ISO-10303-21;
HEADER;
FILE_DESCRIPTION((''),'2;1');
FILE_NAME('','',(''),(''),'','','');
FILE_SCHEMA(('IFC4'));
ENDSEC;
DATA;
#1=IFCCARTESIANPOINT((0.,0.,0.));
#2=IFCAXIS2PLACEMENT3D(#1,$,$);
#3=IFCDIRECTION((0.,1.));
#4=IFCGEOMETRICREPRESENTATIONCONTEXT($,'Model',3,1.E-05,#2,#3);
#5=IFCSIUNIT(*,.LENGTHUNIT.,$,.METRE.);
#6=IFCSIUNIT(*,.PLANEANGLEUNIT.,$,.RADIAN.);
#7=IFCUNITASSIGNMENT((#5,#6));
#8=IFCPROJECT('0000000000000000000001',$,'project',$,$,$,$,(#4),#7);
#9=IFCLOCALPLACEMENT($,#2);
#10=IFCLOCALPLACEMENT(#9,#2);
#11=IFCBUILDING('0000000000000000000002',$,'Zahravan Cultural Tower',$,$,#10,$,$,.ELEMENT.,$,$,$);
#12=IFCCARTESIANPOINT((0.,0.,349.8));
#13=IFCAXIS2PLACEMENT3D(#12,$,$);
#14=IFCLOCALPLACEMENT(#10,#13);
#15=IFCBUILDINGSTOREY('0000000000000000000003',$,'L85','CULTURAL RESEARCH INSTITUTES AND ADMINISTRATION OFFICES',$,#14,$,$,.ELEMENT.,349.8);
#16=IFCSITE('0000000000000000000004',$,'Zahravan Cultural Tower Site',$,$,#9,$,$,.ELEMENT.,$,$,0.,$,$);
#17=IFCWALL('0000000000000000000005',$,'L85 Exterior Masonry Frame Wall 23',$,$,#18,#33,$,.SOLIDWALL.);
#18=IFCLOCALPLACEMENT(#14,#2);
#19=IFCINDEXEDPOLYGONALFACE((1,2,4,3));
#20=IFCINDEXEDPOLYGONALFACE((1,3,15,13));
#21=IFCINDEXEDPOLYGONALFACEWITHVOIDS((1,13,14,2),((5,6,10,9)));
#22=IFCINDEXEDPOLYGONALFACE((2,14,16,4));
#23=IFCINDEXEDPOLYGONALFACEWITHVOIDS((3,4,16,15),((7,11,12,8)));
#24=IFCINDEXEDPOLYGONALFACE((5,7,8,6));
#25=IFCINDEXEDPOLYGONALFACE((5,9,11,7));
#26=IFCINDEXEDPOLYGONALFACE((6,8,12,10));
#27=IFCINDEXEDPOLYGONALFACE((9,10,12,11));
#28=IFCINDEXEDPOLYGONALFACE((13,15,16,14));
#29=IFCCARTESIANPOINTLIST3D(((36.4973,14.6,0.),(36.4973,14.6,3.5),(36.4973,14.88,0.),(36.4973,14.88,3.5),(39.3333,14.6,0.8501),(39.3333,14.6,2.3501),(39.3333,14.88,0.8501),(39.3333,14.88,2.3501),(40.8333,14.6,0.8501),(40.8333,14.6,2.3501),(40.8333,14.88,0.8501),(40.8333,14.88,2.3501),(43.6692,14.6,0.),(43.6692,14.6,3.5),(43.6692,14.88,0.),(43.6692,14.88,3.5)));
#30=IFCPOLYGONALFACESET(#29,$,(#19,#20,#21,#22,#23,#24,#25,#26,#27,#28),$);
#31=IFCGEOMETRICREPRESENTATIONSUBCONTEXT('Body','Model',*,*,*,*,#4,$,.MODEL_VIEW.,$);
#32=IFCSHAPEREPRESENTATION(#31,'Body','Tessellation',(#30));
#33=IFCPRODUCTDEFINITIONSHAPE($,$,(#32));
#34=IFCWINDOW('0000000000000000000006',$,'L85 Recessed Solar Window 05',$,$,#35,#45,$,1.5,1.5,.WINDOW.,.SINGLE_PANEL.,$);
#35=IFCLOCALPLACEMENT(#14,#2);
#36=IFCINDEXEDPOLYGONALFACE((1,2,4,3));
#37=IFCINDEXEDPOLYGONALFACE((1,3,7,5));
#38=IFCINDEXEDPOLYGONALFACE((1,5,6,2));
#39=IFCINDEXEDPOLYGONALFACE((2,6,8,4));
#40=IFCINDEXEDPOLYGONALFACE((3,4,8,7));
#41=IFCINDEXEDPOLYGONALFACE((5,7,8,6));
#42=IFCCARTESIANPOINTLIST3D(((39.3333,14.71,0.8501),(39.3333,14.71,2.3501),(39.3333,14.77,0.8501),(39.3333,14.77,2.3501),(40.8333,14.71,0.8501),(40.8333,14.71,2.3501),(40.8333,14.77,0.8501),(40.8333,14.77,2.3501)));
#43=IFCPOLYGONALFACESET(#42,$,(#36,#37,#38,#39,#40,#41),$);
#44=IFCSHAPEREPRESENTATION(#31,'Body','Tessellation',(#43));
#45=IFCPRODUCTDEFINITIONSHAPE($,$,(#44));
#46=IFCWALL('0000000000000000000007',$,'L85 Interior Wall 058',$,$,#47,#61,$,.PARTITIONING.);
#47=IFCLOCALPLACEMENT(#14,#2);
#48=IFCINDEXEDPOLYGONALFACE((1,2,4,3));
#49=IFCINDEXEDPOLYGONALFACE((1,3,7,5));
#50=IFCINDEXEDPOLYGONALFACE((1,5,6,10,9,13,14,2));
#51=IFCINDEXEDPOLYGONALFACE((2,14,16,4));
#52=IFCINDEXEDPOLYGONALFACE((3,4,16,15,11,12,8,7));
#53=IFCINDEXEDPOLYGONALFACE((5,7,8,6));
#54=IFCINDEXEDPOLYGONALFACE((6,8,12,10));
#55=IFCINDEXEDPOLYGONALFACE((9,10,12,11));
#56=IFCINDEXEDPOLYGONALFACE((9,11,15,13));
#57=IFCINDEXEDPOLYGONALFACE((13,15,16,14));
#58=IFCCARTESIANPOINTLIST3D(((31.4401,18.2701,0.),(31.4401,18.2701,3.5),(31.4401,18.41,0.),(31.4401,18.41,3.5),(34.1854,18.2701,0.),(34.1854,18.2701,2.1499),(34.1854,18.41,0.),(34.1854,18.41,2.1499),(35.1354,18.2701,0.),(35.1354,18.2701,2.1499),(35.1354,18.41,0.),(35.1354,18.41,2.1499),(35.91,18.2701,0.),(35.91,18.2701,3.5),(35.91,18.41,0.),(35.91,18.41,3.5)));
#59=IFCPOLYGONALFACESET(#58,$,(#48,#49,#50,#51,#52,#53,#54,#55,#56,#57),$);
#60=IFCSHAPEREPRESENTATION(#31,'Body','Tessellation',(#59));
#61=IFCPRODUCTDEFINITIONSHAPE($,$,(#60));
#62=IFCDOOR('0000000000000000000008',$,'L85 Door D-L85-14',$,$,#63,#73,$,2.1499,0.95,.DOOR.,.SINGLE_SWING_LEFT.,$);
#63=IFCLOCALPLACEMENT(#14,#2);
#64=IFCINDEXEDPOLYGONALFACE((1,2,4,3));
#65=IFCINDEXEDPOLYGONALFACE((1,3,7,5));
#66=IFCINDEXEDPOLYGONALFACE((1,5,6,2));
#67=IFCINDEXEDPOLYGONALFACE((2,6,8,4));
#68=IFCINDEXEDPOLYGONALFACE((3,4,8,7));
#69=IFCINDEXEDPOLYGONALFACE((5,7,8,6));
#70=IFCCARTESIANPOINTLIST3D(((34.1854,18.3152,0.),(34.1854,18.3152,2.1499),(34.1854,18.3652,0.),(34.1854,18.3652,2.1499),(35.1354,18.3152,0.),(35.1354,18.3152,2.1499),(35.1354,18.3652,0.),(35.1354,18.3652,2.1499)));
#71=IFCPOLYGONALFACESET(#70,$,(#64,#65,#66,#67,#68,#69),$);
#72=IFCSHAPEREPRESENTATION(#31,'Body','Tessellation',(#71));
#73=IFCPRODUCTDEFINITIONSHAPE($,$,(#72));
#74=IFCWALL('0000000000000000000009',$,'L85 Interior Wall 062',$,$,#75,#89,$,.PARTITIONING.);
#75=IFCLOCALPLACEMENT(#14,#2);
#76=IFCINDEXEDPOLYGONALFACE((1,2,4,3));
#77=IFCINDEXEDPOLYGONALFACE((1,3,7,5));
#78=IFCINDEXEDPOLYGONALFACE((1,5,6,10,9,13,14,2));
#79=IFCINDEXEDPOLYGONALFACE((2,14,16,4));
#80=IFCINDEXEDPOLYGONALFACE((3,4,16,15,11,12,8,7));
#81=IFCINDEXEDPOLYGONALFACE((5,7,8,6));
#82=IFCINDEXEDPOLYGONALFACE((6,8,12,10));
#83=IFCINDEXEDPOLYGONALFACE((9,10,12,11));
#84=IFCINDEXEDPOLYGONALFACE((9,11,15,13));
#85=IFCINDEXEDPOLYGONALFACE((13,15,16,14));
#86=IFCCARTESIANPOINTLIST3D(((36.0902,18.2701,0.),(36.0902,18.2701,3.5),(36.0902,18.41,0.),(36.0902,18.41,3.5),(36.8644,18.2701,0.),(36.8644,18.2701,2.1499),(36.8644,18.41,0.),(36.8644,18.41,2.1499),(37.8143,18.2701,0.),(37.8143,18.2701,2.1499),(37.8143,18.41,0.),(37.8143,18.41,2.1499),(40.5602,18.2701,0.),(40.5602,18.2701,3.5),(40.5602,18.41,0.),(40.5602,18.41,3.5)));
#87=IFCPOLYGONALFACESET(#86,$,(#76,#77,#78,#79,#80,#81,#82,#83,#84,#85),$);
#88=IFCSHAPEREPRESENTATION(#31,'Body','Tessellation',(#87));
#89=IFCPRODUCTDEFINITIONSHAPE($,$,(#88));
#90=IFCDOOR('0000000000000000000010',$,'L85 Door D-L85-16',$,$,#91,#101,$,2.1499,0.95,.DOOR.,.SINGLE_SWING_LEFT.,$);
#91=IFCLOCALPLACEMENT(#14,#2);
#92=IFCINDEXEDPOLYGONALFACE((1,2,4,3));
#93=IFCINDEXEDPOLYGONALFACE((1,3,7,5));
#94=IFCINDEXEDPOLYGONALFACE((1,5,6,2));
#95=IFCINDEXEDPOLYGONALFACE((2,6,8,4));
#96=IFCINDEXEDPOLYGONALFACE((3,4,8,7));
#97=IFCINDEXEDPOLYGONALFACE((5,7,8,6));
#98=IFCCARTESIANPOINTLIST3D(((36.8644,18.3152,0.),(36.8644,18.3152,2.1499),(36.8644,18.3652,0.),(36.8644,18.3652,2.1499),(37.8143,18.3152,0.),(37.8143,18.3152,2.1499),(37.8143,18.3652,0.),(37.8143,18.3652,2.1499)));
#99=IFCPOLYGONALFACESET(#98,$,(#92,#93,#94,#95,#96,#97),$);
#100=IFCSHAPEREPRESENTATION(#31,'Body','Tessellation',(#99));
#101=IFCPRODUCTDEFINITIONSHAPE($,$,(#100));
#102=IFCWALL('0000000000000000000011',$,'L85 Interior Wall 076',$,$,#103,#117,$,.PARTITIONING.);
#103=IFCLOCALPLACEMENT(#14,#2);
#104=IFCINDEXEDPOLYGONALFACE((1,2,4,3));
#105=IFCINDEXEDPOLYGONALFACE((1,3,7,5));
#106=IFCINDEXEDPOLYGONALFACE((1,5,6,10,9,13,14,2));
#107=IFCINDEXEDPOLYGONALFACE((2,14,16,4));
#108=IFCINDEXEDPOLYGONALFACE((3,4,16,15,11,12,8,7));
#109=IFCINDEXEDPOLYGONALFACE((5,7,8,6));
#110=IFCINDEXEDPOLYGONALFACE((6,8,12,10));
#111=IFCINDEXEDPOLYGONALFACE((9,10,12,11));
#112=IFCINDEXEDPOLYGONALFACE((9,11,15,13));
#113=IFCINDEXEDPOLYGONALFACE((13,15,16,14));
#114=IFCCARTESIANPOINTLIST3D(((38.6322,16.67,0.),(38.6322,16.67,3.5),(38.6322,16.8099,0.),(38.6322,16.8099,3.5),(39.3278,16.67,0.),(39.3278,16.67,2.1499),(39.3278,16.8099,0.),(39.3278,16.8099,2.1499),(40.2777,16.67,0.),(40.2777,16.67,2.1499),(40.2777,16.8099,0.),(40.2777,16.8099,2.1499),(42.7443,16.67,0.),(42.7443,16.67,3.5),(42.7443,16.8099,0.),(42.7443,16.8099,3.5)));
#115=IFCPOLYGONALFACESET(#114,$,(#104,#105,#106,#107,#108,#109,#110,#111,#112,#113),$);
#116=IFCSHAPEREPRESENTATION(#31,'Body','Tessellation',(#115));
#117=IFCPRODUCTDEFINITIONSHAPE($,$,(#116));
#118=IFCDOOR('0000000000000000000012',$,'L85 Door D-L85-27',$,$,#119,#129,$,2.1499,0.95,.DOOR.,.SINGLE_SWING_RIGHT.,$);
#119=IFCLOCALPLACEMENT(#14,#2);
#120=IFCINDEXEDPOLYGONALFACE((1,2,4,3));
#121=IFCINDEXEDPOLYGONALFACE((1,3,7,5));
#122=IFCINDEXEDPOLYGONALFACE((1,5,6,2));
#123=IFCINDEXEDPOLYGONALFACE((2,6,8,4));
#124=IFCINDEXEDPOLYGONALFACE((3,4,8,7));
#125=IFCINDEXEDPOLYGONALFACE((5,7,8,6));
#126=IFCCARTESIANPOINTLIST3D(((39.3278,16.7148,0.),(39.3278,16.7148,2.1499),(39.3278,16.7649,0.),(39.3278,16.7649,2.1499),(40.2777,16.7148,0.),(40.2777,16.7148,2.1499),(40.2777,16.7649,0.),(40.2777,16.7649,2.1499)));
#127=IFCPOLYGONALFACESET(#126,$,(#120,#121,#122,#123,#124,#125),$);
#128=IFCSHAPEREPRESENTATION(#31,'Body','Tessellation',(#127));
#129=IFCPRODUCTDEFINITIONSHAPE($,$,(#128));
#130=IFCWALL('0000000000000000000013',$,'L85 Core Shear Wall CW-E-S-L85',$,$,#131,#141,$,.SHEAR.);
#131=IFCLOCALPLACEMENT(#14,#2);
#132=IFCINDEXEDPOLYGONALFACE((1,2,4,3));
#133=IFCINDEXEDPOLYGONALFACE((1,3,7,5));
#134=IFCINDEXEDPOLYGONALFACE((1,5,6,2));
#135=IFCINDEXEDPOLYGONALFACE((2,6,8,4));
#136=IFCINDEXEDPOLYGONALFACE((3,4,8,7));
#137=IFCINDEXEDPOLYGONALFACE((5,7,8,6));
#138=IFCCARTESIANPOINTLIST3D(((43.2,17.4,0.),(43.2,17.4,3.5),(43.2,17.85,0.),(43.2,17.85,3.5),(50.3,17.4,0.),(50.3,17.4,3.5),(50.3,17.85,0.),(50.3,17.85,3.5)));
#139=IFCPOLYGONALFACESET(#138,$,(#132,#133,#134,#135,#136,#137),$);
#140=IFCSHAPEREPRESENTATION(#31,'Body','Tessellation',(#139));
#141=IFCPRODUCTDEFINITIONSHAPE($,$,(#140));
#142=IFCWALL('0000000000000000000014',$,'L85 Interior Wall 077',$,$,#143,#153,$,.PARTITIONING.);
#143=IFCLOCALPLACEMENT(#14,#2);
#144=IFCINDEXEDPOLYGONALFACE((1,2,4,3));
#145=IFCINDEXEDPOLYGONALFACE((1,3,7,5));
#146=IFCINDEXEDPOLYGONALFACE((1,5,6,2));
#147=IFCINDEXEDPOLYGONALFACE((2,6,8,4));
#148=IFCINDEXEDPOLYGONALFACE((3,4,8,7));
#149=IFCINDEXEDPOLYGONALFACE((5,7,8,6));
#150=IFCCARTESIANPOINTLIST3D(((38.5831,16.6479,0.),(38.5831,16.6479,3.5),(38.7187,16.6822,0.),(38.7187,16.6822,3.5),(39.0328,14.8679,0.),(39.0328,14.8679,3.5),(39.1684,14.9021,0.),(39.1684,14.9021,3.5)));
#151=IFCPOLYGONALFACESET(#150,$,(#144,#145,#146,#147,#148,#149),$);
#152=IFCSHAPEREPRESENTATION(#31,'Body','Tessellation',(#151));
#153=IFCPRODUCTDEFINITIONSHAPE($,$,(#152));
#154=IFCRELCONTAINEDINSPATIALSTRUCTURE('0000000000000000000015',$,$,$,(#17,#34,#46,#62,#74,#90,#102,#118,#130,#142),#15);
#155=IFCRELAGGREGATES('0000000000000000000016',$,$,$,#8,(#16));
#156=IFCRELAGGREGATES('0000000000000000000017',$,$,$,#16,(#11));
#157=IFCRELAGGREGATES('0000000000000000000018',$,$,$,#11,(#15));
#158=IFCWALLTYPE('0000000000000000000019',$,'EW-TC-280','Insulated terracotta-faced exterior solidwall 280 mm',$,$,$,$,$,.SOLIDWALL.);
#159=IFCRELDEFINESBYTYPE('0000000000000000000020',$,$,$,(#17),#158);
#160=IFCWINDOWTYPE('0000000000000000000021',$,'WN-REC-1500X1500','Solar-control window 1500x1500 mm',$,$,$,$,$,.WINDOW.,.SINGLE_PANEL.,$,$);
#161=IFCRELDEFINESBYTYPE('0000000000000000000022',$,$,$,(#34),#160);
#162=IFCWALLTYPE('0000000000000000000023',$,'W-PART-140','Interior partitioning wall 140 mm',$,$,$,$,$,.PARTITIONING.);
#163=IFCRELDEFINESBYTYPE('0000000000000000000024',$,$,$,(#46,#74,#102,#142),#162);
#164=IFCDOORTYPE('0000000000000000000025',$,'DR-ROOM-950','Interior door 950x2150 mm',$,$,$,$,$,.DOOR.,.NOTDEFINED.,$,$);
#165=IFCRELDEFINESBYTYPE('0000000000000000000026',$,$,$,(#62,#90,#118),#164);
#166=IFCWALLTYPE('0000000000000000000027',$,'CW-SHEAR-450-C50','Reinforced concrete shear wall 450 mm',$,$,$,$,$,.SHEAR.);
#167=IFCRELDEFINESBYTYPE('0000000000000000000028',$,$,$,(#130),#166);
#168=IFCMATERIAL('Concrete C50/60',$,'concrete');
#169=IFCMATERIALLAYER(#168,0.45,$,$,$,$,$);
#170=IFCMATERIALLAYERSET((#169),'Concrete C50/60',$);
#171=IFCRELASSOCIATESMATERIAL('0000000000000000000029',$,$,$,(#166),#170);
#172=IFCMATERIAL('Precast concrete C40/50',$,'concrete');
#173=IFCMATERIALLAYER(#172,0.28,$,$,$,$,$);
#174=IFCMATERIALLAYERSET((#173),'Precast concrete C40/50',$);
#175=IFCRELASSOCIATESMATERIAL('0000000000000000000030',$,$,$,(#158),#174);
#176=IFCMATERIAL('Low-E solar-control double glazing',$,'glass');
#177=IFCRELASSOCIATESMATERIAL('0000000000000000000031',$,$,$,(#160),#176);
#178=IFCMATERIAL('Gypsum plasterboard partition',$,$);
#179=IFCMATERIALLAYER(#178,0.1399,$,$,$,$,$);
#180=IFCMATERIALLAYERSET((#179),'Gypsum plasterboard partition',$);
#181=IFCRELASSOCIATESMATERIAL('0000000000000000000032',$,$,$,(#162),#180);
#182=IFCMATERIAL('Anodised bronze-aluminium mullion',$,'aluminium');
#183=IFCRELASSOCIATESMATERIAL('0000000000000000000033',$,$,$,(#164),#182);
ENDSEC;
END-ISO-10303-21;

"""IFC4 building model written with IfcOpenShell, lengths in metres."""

from ifc_helpers import new_model, si_unit, direction, frame, frame_2d, origin, place, context, subcontext, project, spatial, rectangle, extrude, source, transform, mapped, material, layer, layer_set, type_object, element, fill, save


model = new_model("IFC4")

# Units and contexts
model_context = context("Model", 3, precision=1e-05, world=origin(), true_north=direction((0.0, 1.0)))
body_context = subcontext(model_context, "Body", "Model", "MODEL_VIEW")
ifc_project = project(units=[si_unit("LENGTHUNIT", "METRE"), si_unit("PLANEANGLEUNIT", "RADIAN")], contexts=[model_context])

# Site, building, storey
site_placement = place(None, origin())
site = spatial("IfcSite", under=ifc_project, at=site_placement, Name="Zahravan Cultural Tower Site", CompositionType="ELEMENT", RefElevation=0.0)
building_placement = place(site_placement, origin())
building = spatial("IfcBuilding", under=site, at=building_placement, Name="Zahravan Cultural Tower", CompositionType="ELEMENT")
storey_placement = place(building_placement, frame((0.0, 0.0, 349.8)))
storey = spatial("IfcBuildingStorey", under=building, at=storey_placement, Name="L85", Description="CULTURAL RESEARCH INSTITUTES AND ADMINISTRATION OFFICES", CompositionType="ELEMENT", Elevation=349.8)

# Shared definitions
ifc_material_1 = material(Name="Concrete C50/60", Category="concrete")

# Shared definitions
ifc_layer_1 = layer(ifc_material_1, 0.45)
ifc_layer_set_1 = layer_set([ifc_layer_1], Name="Concrete C50/60")
wall_type_1 = type_object("IfcWallType", Name="CW-SHEAR-450-C50", Description="Reinforced concrete shear wall 450 mm", PredefinedType="SHEAR", material=ifc_layer_set_1)

# Wall, opening, window
ifc_material_2 = material(Name="Precast concrete C40/50", Category="concrete")
ifc_layer_2 = layer(ifc_material_2, 0.28)
ifc_layer_set_2 = layer_set([ifc_layer_2], Name="Precast concrete C40/50")
wall_type_2 = type_object("IfcWallType", Name="EW-TC-280", Description="Insulated terracotta-faced exterior solidwall 280 mm", PredefinedType="SOLIDWALL", material=ifc_layer_set_2)
wall_1_placement = place(storey_placement, frame((43.6692, 14.74, 0.0), z_axis=(0.0, 0.0, 1.0), x_axis=(-1.0, 0.0, 0.0)))
wall_1 = element("IfcWall", 1, at=wall_1_placement, inside=storey, type_object=wall_type_2, Name="L85 Exterior Masonry Frame Wall 23", PredefinedType="SOLIDWALL", context=body_context, shape_type="SweptSolid", body=[
    extrude(rectangle(XDim=7.1719, YDim=0.28, at=frame_2d((3.5859, 0.0))), origin(), (0.0, 0.0, 1.0), 3.5),
])
opening_1_placement = place(wall_1_placement, frame((2.8359, 0.0, 0.8501)))
opening_1 = element("IfcOpeningElement", 2, at=opening_1_placement, cuts=wall_1, PredefinedType="OPENING", context=body_context, shape_type="SweptSolid", body=[
    extrude(rectangle(XDim=1.5, YDim=1.5, at=frame_2d((0.75, 0.75))), frame((0.0, 0.1499, 0.0), z_axis=(0.0, -1.0, 0.0), x_axis=(1.0, 0.0, 0.0)), (0.0, 0.0, 1.0), 0.3),
])
ifc_material_3 = material(Name="Low-E solar-control double glazing", Category="glass")
window_type = type_object("IfcWindowType", Name="WN-REC-1500X1500", Description="Solar-control window 1500x1500 mm", PartitioningType="SINGLE_PANEL", PredefinedType="WINDOW", material=ifc_material_3)
shared_shape_1 = source(origin(), body_context, "Body", "SweptSolid", [
    extrude(rectangle(XDim=1.5, YDim=1.5, at=frame_2d((0.75, 0.75))), frame((0.0, 0.03, 0.0), z_axis=(0.0, -1.0, 0.0), x_axis=(1.0, 0.0, 0.0)), (0.0, 0.0, 1.0), 0.0601),
])
window_placement = place(opening_1_placement, origin())
window = element("IfcWindow", 3, at=window_placement, inside=storey, type_object=window_type, Name="L85 Recessed Solar Window 05", OverallHeight=1.5, OverallWidth=1.5, PartitioningType="SINGLE_PANEL", PredefinedType="WINDOW", context=body_context, shape_type="MappedRepresentation", body=[
    mapped(shared_shape_1, transform((0.0, 0.0, 0.0), x_axis=(1.0, 0.0, 0.0), y_axis=(0.0, 1.0, 0.0), z_axis=(0.0, 0.0, 1.0), scale=1.0)),
])
fill(opening_1, window)

# Walls, openings, doors
ifc_material_4 = material(Name="Anodised bronze-aluminium mullion", Category="aluminium")
ifc_material_5 = material(Name="Gypsum plasterboard partition")
ifc_layer_3 = layer(ifc_material_5, 0.1399)
ifc_layer_set_3 = layer_set([ifc_layer_3], Name="Gypsum plasterboard partition")
wall_type_3 = type_object("IfcWallType", Name="W-PART-140", Description="Interior partitioning wall 140 mm", PredefinedType="PARTITIONING", material=ifc_layer_set_3)
wall_2_placement = place(storey_placement, frame((35.9099, 18.3401, 0.0), z_axis=(0.0, 0.0, 1.0), x_axis=(-1.0, 0.0, 0.0)))
wall_2 = element("IfcWall", 4, at=wall_2_placement, inside=storey, type_object=wall_type_3, Name="L85 Interior Wall 058", PredefinedType="PARTITIONING", context=body_context, shape_type="SweptSolid", body=[
    extrude(rectangle(XDim=4.47, YDim=0.1399, at=frame_2d((2.2349, 0.0))), origin(), (0.0, 0.0, 1.0), 3.5),
])
opening_2_placement = place(wall_2_placement, frame((0.7744, 0.0, 0.0)))
opening_2 = element("IfcOpeningElement", 5, at=opening_2_placement, cuts=wall_2, PredefinedType="OPENING", context=body_context, shape_type="SweptSolid", body=[
    extrude(rectangle(XDim=0.95, YDim=2.1499, at=frame_2d((0.4751, 1.075))), frame((0.0, 0.0798, 0.0), z_axis=(0.0, -1.0, 0.0), x_axis=(1.0, 0.0, 0.0)), (0.0, 0.0, 1.0), 0.1599),
])
door_type_1 = type_object("IfcDoorType", Name="DR-ROOM-950", Description="Interior door 950x2150 mm", OperationType="NOTDEFINED", PredefinedType="DOOR", material=ifc_material_4)
shared_shape_2 = source(origin(), body_context, "Body", "SweptSolid", [
    extrude(rectangle(XDim=0.95, YDim=2.1499, at=frame_2d((0.4751, 1.075))), frame((0.0, 0.0249, 0.0), z_axis=(0.0, -1.0, 0.0), x_axis=(1.0, 0.0, 0.0)), (0.0, 0.0, 1.0), 0.05),
])
door_1_placement = place(opening_2_placement, origin())
door_1 = element("IfcDoor", 6, at=door_1_placement, inside=storey, type_object=door_type_1, Name="L85 Door D-L85-14", OperationType="SINGLE_SWING_LEFT", OverallHeight=2.1499, OverallWidth=0.95, PredefinedType="DOOR", context=body_context, shape_type="MappedRepresentation", body=[
    mapped(shared_shape_2, transform((0.0, 0.0, 0.0), x_axis=(1.0, 0.0, 0.0), y_axis=(0.0, 1.0, 0.0), z_axis=(0.0, 0.0, 1.0), scale=1.0)),
])
fill(opening_2, door_1)
wall_3_placement = place(storey_placement, frame((40.5601, 18.3401, 0.0), z_axis=(0.0, 0.0, 1.0), x_axis=(-1.0, 0.0, 0.0)))
wall_3 = element("IfcWall", 7, at=wall_3_placement, inside=storey, type_object=wall_type_3, Name="L85 Interior Wall 062", PredefinedType="PARTITIONING", context=body_context, shape_type="SweptSolid", body=[
    extrude(rectangle(XDim=4.47, YDim=0.1399, at=frame_2d((2.2349, 0.0))), origin(), (0.0, 0.0, 1.0), 3.5),
])
opening_3_placement = place(wall_3_placement, frame((2.7456, 0.0, 0.0)))
opening_3 = element("IfcOpeningElement", 8, at=opening_3_placement, cuts=wall_3, PredefinedType="OPENING", context=body_context, shape_type="SweptSolid", body=[
    extrude(rectangle(XDim=0.95, YDim=2.1499, at=frame_2d((0.4751, 1.075))), frame((0.0, 0.0798, 0.0), z_axis=(0.0, -1.0, 0.0), x_axis=(1.0, 0.0, 0.0)), (0.0, 0.0, 1.0), 0.1599),
])
door_2_placement = place(opening_3_placement, origin())
door_2 = element("IfcDoor", 9, at=door_2_placement, inside=storey, type_object=door_type_1, Name="L85 Door D-L85-16", OperationType="SINGLE_SWING_LEFT", OverallHeight=2.1499, OverallWidth=0.95, PredefinedType="DOOR", context=body_context, shape_type="MappedRepresentation", body=[
    mapped(shared_shape_2, transform((0.0, 0.0, 0.0), x_axis=(1.0, 0.0, 0.0), y_axis=(0.0, 1.0, 0.0), z_axis=(0.0, 0.0, 1.0), scale=1.0)),
])
fill(opening_3, door_2)
wall_4_placement = place(storey_placement, frame((38.6321, 16.74, 0.0), z_axis=(0.0, 0.0, 1.0), x_axis=(1.0, 0.0, 0.0)))
wall_4 = element("IfcWall", 10, at=wall_4_placement, inside=storey, type_object=wall_type_3, Name="L85 Interior Wall 076", PredefinedType="PARTITIONING", context=body_context, shape_type="SweptSolid", body=[
    extrude(rectangle(XDim=4.1121, YDim=0.1399, at=frame_2d((2.0562, 0.0))), origin(), (0.0, 0.0, 1.0), 3.5),
])
opening_4_placement = place(wall_4_placement, frame((0.6956, 0.0, 0.0)))
opening_4 = element("IfcOpeningElement", 11, at=opening_4_placement, cuts=wall_4, PredefinedType="OPENING", context=body_context, shape_type="SweptSolid", body=[
    extrude(rectangle(XDim=0.95, YDim=2.1499, at=frame_2d((0.4751, 1.075))), frame((0.0, 0.0798, 0.0), z_axis=(0.0, -1.0, 0.0), x_axis=(1.0, 0.0, 0.0)), (0.0, 0.0, 1.0), 0.1599),
])
door_3_placement = place(opening_4_placement, origin())
door_3 = element("IfcDoor", 12, at=door_3_placement, inside=storey, type_object=door_type_1, Name="L85 Door D-L85-27", OperationType="SINGLE_SWING_RIGHT", OverallHeight=2.1499, OverallWidth=0.95, PredefinedType="DOOR", context=body_context, shape_type="MappedRepresentation", body=[
    mapped(shared_shape_2, transform((0.0, 0.0, 0.0), x_axis=(1.0, 0.0, 0.0), y_axis=(0.0, 1.0, 0.0), z_axis=(0.0, 0.0, 1.0), scale=1.0)),
])
fill(opening_4, door_3)

# Walls
shared_shape_3 = source(origin(), body_context, "Body", "SweptSolid", [
    extrude(rectangle(XDim=7.1001, YDim=0.45, at=frame_2d((3.55, 0.0))), origin(), (0.0, 0.0, 1.0), 3.5),
])
wall_5_placement = place(storey_placement, frame((43.2, 17.625, 0.0), z_axis=(0.0, 0.0, 1.0), x_axis=(1.0, 0.0, 0.0)))
element("IfcWall", 13, at=wall_5_placement, inside=storey, type_object=wall_type_1, Name="L85 Core Shear Wall CW-E-S-L85", PredefinedType="SHEAR", context=body_context, shape_type="MappedRepresentation", body=[
    mapped(shared_shape_3, transform((0.0, 0.0, 0.0), x_axis=(1.0, 0.0, 0.0), y_axis=(0.0, 1.0, 0.0), z_axis=(0.0, 0.0, 1.0), scale=1.0)),
])
shared_shape_4 = source(origin(), body_context, "Body", "SweptSolid", [
    extrude(rectangle(XDim=1.8359, YDim=0.1399, at=frame_2d((0.918, 0.0))), origin(), (0.0, 0.0, 1.0), 3.5),
])
wall_6_placement = place(storey_placement, frame((39.1006, 14.885, 0.0), z_axis=(0.0, 0.0, 1.0), x_axis=(-0.244944, 0.969537, 0.0)))
element("IfcWall", 14, at=wall_6_placement, inside=storey, type_object=wall_type_3, Name="L85 Interior Wall 077", PredefinedType="PARTITIONING", context=body_context, shape_type="MappedRepresentation", body=[
    mapped(shared_shape_4, transform((0.0, 0.0, 0.0), x_axis=(1.0, 0.0, 0.0), y_axis=(0.0, 1.0, 0.0), z_axis=(0.0, 0.0, 1.0), scale=1.0)),
])

save(model, "model.ifc")
